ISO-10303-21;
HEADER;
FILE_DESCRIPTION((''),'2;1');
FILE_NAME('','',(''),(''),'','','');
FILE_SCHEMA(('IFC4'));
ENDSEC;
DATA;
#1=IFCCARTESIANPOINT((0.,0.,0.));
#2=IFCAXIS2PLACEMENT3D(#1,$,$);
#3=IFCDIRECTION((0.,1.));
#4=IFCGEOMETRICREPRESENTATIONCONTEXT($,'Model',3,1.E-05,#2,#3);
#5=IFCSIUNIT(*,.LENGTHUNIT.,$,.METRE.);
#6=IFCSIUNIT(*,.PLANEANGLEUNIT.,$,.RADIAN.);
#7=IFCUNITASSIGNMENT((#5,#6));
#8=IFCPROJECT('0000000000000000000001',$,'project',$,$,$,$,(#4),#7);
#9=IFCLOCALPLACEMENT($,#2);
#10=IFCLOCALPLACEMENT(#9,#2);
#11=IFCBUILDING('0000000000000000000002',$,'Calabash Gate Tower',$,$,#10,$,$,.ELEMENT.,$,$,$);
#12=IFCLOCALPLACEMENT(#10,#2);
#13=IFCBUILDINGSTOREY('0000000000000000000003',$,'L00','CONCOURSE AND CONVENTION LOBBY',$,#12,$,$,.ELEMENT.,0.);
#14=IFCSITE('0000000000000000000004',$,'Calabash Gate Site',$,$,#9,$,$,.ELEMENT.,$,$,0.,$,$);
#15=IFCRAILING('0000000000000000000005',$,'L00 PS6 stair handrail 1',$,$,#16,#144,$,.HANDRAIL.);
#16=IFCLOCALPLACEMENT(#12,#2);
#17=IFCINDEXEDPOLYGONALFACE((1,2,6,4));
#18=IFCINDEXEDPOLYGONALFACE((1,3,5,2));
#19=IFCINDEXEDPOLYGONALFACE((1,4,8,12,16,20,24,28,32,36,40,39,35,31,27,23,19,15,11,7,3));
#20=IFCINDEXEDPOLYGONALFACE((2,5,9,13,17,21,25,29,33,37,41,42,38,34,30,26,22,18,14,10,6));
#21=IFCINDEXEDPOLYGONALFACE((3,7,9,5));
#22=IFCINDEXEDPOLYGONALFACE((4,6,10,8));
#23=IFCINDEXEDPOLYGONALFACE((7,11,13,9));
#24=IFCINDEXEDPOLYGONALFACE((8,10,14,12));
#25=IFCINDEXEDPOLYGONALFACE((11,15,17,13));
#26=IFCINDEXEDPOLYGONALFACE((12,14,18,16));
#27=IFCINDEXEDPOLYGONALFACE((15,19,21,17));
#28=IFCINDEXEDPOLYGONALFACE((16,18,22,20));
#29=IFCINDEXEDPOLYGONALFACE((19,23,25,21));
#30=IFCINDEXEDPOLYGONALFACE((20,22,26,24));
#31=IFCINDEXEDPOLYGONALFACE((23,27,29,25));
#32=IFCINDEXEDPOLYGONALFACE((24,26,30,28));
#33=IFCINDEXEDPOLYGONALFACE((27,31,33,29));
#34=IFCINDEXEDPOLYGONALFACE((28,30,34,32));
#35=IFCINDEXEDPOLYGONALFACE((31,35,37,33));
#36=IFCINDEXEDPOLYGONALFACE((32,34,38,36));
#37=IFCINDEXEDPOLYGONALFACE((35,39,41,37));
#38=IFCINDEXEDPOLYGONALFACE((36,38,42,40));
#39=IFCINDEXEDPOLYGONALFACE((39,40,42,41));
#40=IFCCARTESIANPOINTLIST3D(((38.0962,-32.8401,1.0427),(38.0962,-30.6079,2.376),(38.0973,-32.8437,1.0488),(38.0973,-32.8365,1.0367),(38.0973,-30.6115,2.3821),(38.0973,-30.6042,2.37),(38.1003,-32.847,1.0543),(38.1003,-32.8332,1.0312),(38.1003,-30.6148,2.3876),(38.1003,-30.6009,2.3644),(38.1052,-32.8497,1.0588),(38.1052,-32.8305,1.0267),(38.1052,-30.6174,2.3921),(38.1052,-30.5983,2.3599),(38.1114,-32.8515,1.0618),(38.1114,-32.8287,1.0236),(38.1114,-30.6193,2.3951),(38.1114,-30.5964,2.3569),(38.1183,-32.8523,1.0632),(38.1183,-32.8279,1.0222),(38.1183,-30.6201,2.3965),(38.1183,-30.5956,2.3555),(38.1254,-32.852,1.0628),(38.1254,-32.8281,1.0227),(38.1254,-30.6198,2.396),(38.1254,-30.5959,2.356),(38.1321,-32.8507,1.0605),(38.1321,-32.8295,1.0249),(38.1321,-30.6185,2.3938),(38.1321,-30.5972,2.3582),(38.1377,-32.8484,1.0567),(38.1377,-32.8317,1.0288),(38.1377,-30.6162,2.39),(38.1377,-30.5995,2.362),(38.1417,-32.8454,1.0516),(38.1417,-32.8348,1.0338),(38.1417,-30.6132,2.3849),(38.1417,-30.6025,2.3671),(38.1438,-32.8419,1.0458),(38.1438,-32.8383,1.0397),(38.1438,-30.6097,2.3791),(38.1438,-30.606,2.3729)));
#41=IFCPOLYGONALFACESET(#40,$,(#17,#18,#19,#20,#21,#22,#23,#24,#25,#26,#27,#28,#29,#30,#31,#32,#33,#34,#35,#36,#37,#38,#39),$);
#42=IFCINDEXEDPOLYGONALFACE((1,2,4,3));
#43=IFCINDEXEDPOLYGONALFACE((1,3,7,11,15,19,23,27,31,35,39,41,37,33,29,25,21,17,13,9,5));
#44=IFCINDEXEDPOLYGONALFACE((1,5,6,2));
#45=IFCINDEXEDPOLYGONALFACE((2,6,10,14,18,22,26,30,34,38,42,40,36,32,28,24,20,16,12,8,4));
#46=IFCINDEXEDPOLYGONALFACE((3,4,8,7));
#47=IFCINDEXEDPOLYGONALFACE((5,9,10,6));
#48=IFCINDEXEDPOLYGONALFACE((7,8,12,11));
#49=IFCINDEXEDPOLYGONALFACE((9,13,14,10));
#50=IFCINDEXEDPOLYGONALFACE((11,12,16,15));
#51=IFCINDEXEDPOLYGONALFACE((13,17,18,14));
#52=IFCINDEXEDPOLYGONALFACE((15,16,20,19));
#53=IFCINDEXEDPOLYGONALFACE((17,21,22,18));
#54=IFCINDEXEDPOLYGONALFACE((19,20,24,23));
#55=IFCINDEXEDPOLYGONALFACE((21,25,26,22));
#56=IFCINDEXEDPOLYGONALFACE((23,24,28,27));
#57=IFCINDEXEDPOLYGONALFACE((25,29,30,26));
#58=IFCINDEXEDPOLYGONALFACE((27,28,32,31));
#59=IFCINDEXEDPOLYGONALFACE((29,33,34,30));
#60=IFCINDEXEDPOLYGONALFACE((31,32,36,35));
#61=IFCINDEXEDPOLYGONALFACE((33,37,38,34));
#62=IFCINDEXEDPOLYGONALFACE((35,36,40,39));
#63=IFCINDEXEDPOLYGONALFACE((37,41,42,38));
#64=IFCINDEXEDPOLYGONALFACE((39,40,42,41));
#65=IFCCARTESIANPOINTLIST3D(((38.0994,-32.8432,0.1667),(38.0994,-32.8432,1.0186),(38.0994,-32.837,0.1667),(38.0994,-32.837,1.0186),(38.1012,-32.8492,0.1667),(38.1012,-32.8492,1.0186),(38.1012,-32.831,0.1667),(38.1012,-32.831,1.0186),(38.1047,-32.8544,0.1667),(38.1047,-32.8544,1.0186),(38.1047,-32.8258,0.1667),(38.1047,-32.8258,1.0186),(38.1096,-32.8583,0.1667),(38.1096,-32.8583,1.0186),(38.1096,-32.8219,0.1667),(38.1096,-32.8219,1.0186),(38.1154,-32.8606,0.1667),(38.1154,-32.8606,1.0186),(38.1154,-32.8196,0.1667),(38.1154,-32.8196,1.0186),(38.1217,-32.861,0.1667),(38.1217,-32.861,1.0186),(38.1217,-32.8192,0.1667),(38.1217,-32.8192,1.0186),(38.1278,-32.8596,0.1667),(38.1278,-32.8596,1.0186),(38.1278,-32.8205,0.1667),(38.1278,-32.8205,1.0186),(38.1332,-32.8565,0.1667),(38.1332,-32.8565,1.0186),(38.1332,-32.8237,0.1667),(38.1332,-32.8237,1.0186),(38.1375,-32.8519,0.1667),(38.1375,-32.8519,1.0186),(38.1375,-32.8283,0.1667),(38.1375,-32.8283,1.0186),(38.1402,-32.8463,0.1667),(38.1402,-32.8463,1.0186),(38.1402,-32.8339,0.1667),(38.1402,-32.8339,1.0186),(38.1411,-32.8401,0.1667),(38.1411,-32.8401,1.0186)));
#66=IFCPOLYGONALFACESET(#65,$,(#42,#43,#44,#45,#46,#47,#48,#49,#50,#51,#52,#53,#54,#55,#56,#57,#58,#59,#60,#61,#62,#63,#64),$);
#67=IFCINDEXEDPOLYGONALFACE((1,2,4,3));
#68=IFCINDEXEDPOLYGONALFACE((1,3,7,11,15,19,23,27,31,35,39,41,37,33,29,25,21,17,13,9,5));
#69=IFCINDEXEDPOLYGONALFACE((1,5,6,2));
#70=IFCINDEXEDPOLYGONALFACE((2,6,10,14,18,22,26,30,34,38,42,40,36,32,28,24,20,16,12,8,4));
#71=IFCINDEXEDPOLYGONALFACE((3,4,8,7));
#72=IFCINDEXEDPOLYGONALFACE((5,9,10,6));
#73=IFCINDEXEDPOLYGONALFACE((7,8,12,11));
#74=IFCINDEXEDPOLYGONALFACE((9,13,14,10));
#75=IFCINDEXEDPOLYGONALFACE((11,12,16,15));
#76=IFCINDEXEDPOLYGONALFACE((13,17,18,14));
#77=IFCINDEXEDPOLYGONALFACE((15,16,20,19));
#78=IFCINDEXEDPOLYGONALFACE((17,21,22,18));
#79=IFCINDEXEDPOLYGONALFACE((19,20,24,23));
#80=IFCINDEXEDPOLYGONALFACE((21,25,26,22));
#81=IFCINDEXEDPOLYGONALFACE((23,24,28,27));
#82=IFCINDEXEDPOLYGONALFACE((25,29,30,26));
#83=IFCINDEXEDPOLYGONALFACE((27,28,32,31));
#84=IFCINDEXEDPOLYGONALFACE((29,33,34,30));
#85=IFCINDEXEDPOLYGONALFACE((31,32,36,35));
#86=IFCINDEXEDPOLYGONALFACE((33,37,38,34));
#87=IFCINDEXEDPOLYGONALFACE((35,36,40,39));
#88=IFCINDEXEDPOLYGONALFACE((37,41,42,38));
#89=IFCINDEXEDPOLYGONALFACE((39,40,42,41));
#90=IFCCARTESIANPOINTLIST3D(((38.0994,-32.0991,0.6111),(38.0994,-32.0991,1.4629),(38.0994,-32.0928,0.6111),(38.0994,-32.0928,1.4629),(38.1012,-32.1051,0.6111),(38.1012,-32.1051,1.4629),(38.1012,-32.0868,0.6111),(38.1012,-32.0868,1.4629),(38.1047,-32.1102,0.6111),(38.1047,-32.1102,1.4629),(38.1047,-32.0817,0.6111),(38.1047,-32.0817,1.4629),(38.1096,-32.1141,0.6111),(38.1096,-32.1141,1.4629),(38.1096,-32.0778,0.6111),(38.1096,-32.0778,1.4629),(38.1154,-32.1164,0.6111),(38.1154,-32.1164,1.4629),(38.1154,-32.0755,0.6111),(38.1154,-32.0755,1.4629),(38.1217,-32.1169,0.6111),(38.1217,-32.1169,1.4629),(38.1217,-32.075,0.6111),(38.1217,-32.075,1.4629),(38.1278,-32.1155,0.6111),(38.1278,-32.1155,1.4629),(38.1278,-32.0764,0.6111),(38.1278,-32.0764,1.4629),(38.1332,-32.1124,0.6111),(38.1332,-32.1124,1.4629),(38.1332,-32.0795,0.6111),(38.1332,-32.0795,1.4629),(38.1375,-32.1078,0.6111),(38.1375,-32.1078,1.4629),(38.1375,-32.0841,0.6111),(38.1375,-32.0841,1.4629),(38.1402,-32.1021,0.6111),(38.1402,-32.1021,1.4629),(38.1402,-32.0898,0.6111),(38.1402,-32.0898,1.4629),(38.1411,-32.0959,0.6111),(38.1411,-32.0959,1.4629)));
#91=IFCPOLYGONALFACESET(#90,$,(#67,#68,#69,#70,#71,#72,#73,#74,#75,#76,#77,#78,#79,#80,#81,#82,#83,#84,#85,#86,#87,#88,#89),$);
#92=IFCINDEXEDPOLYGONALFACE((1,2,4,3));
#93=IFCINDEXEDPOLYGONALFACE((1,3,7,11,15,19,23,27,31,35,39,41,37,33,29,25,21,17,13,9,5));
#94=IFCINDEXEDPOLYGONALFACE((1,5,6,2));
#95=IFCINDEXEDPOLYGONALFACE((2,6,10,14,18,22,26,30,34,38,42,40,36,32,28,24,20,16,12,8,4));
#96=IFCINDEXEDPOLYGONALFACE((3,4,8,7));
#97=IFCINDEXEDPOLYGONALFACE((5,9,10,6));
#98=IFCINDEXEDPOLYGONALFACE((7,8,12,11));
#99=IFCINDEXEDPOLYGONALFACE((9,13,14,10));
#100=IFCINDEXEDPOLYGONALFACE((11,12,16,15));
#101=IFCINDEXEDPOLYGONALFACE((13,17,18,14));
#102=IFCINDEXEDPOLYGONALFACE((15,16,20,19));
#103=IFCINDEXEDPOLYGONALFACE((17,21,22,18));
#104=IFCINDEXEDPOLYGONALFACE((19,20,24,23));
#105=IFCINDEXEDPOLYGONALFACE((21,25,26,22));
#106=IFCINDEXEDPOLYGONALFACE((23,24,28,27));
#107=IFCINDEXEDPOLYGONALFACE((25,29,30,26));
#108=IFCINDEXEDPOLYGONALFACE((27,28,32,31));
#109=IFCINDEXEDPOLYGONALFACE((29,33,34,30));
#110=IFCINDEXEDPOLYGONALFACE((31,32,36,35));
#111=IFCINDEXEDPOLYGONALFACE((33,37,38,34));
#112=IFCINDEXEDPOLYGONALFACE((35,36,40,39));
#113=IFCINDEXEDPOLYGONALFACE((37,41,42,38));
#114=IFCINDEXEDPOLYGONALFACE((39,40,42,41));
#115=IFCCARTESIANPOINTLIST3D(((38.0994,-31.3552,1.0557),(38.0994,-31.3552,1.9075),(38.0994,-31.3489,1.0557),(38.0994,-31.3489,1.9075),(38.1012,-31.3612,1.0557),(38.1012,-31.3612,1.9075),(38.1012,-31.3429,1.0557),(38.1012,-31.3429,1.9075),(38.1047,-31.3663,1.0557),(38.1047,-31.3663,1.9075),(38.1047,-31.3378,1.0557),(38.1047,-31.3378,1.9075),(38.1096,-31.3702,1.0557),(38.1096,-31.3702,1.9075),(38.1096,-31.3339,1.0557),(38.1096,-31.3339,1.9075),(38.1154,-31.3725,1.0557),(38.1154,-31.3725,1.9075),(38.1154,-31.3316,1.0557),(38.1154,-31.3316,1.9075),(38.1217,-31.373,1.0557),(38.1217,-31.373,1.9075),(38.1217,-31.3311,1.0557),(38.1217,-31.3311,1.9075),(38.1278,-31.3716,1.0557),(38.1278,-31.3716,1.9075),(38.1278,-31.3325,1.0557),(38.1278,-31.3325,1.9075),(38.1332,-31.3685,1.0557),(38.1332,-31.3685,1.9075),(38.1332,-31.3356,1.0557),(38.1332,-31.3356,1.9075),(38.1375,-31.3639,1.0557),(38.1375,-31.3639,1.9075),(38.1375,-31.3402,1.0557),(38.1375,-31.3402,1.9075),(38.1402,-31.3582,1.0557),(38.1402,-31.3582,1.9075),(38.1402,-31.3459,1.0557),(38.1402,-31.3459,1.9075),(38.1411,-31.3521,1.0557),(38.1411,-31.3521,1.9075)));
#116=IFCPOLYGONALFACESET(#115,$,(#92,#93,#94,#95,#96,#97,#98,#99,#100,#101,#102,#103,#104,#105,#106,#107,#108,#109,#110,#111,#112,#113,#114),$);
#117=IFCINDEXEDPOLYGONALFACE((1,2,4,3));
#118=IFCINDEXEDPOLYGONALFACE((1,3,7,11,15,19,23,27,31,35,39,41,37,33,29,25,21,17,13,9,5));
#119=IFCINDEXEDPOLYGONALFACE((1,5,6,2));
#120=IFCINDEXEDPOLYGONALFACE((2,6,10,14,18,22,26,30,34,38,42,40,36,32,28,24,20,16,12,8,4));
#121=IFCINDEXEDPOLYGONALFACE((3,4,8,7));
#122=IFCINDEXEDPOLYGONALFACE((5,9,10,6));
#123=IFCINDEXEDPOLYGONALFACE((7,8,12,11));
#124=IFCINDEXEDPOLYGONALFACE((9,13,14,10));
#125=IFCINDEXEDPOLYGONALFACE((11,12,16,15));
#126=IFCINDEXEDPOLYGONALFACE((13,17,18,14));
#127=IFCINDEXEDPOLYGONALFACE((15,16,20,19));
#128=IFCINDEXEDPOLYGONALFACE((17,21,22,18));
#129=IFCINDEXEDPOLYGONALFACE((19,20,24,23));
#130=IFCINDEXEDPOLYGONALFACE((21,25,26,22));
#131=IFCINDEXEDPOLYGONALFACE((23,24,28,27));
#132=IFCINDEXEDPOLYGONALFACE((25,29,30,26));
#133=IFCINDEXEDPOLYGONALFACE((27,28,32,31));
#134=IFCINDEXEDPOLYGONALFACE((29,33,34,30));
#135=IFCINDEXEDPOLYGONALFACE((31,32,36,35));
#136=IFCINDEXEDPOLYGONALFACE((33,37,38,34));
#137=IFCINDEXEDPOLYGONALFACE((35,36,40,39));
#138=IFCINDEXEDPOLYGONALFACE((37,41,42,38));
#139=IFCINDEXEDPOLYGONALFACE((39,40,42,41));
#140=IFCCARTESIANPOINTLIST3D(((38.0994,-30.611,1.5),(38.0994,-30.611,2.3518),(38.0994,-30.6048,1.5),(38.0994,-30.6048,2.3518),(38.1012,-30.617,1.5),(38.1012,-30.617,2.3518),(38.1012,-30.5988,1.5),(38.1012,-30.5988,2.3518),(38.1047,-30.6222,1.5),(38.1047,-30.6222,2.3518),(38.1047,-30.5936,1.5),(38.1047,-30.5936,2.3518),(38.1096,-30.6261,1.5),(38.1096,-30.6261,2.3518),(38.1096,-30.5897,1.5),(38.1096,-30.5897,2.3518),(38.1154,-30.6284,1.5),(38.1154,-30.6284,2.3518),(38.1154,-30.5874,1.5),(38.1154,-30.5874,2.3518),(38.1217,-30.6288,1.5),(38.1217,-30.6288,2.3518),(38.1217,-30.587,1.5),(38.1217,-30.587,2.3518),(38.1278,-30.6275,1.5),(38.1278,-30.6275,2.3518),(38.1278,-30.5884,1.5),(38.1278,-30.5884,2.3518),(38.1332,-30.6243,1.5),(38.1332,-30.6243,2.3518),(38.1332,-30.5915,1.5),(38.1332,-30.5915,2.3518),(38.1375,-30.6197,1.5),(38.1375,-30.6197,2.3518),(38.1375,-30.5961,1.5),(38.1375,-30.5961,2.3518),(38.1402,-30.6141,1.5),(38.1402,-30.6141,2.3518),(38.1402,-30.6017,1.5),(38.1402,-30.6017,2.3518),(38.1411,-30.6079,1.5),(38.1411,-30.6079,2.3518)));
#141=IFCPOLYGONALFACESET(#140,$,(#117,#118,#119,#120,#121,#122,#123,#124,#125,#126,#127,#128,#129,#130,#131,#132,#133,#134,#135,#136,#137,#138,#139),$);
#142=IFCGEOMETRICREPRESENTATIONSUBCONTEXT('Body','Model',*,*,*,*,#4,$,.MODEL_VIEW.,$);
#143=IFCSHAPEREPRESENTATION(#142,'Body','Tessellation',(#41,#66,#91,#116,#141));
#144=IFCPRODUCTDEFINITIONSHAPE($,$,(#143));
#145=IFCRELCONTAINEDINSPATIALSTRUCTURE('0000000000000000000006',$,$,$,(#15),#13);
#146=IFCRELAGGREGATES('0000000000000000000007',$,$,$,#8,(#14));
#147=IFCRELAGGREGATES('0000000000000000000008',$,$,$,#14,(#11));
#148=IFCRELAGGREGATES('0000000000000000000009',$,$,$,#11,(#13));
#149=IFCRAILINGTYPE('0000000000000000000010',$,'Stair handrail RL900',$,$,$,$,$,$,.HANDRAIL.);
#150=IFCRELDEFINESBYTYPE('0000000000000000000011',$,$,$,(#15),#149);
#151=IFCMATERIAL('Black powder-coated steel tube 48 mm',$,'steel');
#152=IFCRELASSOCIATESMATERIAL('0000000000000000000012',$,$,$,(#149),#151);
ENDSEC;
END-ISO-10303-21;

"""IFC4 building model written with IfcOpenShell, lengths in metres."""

from ifc_helpers import new_model, si_unit, direction, frame, origin, origin_2d, place, context, subcontext, project, spatial, circle, extrude, material, type_object, element, save


model = new_model("IFC4")

# Units and contexts
model_context = context("Model", 3, precision=1e-05, world=origin(), true_north=direction((0.0, 1.0)))
body_context = subcontext(model_context, "Body", "Model", "MODEL_VIEW")
ifc_project = project(units=[si_unit("LENGTHUNIT", "METRE"), si_unit("PLANEANGLEUNIT", "RADIAN")], contexts=[model_context])

# Site, building, storey
site_placement = place(None, origin())
site = spatial("IfcSite", under=ifc_project, at=site_placement, Name="Calabash Gate Site", CompositionType="ELEMENT", RefElevation=0.0)
building_placement = place(site_placement, origin())
building = spatial("IfcBuilding", under=site, at=building_placement, Name="Calabash Gate Tower", CompositionType="ELEMENT")
storey_placement = place(building_placement, origin())
storey = spatial("IfcBuildingStorey", under=building, at=storey_placement, Name="L00", Description="CONCOURSE AND CONVENTION LOBBY", CompositionType="ELEMENT", Elevation=0.0)

# Railing
ifc_material_1 = material(Name="Black powder-coated steel tube 48 mm", Category="steel")
railing_type_1 = type_object("IfcRailingType", Name="Stair handrail RL900", PredefinedType="HANDRAIL", material=ifc_material_1)
for number, where, name in (
    (1, (38.1201, -32.8401, 0.1667), "L00 PS6 stair handrail 1"),
):
    element("IfcRailing", number, at=place(storey_placement, frame(where)), inside=storey, type_object=railing_type_1, Name=name, PredefinedType="HANDRAIL", context=body_context, shape_type="SweptSolid", body=[
        extrude(circle(Radius=0.0239, at=origin_2d()), frame((0.0, 0.0, 0.876), z_axis=(0.0, 0.858519, 0.512782), x_axis=(-1.0, 0.0, 0.0)), (0.0, 0.0, 1.0), 2.6001),
        extrude(circle(Radius=0.021, at=origin_2d()), origin(), (0.0, 0.0, 1.0), 0.8518),
        extrude(circle(Radius=0.021, at=origin_2d()), frame((0.0, 0.7441, 0.4443)), (0.0, 0.0, 1.0), 0.8518),
        extrude(circle(Radius=0.021, at=origin_2d()), frame((0.0, 1.488, 0.8889)), (0.0, 0.0, 1.0), 0.8518),
        extrude(circle(Radius=0.021, at=origin_2d()), frame((0.0, 2.2322, 1.3333)), (0.0, 0.0, 1.0), 0.8518),
    ])

save(model, "model.ifc")
